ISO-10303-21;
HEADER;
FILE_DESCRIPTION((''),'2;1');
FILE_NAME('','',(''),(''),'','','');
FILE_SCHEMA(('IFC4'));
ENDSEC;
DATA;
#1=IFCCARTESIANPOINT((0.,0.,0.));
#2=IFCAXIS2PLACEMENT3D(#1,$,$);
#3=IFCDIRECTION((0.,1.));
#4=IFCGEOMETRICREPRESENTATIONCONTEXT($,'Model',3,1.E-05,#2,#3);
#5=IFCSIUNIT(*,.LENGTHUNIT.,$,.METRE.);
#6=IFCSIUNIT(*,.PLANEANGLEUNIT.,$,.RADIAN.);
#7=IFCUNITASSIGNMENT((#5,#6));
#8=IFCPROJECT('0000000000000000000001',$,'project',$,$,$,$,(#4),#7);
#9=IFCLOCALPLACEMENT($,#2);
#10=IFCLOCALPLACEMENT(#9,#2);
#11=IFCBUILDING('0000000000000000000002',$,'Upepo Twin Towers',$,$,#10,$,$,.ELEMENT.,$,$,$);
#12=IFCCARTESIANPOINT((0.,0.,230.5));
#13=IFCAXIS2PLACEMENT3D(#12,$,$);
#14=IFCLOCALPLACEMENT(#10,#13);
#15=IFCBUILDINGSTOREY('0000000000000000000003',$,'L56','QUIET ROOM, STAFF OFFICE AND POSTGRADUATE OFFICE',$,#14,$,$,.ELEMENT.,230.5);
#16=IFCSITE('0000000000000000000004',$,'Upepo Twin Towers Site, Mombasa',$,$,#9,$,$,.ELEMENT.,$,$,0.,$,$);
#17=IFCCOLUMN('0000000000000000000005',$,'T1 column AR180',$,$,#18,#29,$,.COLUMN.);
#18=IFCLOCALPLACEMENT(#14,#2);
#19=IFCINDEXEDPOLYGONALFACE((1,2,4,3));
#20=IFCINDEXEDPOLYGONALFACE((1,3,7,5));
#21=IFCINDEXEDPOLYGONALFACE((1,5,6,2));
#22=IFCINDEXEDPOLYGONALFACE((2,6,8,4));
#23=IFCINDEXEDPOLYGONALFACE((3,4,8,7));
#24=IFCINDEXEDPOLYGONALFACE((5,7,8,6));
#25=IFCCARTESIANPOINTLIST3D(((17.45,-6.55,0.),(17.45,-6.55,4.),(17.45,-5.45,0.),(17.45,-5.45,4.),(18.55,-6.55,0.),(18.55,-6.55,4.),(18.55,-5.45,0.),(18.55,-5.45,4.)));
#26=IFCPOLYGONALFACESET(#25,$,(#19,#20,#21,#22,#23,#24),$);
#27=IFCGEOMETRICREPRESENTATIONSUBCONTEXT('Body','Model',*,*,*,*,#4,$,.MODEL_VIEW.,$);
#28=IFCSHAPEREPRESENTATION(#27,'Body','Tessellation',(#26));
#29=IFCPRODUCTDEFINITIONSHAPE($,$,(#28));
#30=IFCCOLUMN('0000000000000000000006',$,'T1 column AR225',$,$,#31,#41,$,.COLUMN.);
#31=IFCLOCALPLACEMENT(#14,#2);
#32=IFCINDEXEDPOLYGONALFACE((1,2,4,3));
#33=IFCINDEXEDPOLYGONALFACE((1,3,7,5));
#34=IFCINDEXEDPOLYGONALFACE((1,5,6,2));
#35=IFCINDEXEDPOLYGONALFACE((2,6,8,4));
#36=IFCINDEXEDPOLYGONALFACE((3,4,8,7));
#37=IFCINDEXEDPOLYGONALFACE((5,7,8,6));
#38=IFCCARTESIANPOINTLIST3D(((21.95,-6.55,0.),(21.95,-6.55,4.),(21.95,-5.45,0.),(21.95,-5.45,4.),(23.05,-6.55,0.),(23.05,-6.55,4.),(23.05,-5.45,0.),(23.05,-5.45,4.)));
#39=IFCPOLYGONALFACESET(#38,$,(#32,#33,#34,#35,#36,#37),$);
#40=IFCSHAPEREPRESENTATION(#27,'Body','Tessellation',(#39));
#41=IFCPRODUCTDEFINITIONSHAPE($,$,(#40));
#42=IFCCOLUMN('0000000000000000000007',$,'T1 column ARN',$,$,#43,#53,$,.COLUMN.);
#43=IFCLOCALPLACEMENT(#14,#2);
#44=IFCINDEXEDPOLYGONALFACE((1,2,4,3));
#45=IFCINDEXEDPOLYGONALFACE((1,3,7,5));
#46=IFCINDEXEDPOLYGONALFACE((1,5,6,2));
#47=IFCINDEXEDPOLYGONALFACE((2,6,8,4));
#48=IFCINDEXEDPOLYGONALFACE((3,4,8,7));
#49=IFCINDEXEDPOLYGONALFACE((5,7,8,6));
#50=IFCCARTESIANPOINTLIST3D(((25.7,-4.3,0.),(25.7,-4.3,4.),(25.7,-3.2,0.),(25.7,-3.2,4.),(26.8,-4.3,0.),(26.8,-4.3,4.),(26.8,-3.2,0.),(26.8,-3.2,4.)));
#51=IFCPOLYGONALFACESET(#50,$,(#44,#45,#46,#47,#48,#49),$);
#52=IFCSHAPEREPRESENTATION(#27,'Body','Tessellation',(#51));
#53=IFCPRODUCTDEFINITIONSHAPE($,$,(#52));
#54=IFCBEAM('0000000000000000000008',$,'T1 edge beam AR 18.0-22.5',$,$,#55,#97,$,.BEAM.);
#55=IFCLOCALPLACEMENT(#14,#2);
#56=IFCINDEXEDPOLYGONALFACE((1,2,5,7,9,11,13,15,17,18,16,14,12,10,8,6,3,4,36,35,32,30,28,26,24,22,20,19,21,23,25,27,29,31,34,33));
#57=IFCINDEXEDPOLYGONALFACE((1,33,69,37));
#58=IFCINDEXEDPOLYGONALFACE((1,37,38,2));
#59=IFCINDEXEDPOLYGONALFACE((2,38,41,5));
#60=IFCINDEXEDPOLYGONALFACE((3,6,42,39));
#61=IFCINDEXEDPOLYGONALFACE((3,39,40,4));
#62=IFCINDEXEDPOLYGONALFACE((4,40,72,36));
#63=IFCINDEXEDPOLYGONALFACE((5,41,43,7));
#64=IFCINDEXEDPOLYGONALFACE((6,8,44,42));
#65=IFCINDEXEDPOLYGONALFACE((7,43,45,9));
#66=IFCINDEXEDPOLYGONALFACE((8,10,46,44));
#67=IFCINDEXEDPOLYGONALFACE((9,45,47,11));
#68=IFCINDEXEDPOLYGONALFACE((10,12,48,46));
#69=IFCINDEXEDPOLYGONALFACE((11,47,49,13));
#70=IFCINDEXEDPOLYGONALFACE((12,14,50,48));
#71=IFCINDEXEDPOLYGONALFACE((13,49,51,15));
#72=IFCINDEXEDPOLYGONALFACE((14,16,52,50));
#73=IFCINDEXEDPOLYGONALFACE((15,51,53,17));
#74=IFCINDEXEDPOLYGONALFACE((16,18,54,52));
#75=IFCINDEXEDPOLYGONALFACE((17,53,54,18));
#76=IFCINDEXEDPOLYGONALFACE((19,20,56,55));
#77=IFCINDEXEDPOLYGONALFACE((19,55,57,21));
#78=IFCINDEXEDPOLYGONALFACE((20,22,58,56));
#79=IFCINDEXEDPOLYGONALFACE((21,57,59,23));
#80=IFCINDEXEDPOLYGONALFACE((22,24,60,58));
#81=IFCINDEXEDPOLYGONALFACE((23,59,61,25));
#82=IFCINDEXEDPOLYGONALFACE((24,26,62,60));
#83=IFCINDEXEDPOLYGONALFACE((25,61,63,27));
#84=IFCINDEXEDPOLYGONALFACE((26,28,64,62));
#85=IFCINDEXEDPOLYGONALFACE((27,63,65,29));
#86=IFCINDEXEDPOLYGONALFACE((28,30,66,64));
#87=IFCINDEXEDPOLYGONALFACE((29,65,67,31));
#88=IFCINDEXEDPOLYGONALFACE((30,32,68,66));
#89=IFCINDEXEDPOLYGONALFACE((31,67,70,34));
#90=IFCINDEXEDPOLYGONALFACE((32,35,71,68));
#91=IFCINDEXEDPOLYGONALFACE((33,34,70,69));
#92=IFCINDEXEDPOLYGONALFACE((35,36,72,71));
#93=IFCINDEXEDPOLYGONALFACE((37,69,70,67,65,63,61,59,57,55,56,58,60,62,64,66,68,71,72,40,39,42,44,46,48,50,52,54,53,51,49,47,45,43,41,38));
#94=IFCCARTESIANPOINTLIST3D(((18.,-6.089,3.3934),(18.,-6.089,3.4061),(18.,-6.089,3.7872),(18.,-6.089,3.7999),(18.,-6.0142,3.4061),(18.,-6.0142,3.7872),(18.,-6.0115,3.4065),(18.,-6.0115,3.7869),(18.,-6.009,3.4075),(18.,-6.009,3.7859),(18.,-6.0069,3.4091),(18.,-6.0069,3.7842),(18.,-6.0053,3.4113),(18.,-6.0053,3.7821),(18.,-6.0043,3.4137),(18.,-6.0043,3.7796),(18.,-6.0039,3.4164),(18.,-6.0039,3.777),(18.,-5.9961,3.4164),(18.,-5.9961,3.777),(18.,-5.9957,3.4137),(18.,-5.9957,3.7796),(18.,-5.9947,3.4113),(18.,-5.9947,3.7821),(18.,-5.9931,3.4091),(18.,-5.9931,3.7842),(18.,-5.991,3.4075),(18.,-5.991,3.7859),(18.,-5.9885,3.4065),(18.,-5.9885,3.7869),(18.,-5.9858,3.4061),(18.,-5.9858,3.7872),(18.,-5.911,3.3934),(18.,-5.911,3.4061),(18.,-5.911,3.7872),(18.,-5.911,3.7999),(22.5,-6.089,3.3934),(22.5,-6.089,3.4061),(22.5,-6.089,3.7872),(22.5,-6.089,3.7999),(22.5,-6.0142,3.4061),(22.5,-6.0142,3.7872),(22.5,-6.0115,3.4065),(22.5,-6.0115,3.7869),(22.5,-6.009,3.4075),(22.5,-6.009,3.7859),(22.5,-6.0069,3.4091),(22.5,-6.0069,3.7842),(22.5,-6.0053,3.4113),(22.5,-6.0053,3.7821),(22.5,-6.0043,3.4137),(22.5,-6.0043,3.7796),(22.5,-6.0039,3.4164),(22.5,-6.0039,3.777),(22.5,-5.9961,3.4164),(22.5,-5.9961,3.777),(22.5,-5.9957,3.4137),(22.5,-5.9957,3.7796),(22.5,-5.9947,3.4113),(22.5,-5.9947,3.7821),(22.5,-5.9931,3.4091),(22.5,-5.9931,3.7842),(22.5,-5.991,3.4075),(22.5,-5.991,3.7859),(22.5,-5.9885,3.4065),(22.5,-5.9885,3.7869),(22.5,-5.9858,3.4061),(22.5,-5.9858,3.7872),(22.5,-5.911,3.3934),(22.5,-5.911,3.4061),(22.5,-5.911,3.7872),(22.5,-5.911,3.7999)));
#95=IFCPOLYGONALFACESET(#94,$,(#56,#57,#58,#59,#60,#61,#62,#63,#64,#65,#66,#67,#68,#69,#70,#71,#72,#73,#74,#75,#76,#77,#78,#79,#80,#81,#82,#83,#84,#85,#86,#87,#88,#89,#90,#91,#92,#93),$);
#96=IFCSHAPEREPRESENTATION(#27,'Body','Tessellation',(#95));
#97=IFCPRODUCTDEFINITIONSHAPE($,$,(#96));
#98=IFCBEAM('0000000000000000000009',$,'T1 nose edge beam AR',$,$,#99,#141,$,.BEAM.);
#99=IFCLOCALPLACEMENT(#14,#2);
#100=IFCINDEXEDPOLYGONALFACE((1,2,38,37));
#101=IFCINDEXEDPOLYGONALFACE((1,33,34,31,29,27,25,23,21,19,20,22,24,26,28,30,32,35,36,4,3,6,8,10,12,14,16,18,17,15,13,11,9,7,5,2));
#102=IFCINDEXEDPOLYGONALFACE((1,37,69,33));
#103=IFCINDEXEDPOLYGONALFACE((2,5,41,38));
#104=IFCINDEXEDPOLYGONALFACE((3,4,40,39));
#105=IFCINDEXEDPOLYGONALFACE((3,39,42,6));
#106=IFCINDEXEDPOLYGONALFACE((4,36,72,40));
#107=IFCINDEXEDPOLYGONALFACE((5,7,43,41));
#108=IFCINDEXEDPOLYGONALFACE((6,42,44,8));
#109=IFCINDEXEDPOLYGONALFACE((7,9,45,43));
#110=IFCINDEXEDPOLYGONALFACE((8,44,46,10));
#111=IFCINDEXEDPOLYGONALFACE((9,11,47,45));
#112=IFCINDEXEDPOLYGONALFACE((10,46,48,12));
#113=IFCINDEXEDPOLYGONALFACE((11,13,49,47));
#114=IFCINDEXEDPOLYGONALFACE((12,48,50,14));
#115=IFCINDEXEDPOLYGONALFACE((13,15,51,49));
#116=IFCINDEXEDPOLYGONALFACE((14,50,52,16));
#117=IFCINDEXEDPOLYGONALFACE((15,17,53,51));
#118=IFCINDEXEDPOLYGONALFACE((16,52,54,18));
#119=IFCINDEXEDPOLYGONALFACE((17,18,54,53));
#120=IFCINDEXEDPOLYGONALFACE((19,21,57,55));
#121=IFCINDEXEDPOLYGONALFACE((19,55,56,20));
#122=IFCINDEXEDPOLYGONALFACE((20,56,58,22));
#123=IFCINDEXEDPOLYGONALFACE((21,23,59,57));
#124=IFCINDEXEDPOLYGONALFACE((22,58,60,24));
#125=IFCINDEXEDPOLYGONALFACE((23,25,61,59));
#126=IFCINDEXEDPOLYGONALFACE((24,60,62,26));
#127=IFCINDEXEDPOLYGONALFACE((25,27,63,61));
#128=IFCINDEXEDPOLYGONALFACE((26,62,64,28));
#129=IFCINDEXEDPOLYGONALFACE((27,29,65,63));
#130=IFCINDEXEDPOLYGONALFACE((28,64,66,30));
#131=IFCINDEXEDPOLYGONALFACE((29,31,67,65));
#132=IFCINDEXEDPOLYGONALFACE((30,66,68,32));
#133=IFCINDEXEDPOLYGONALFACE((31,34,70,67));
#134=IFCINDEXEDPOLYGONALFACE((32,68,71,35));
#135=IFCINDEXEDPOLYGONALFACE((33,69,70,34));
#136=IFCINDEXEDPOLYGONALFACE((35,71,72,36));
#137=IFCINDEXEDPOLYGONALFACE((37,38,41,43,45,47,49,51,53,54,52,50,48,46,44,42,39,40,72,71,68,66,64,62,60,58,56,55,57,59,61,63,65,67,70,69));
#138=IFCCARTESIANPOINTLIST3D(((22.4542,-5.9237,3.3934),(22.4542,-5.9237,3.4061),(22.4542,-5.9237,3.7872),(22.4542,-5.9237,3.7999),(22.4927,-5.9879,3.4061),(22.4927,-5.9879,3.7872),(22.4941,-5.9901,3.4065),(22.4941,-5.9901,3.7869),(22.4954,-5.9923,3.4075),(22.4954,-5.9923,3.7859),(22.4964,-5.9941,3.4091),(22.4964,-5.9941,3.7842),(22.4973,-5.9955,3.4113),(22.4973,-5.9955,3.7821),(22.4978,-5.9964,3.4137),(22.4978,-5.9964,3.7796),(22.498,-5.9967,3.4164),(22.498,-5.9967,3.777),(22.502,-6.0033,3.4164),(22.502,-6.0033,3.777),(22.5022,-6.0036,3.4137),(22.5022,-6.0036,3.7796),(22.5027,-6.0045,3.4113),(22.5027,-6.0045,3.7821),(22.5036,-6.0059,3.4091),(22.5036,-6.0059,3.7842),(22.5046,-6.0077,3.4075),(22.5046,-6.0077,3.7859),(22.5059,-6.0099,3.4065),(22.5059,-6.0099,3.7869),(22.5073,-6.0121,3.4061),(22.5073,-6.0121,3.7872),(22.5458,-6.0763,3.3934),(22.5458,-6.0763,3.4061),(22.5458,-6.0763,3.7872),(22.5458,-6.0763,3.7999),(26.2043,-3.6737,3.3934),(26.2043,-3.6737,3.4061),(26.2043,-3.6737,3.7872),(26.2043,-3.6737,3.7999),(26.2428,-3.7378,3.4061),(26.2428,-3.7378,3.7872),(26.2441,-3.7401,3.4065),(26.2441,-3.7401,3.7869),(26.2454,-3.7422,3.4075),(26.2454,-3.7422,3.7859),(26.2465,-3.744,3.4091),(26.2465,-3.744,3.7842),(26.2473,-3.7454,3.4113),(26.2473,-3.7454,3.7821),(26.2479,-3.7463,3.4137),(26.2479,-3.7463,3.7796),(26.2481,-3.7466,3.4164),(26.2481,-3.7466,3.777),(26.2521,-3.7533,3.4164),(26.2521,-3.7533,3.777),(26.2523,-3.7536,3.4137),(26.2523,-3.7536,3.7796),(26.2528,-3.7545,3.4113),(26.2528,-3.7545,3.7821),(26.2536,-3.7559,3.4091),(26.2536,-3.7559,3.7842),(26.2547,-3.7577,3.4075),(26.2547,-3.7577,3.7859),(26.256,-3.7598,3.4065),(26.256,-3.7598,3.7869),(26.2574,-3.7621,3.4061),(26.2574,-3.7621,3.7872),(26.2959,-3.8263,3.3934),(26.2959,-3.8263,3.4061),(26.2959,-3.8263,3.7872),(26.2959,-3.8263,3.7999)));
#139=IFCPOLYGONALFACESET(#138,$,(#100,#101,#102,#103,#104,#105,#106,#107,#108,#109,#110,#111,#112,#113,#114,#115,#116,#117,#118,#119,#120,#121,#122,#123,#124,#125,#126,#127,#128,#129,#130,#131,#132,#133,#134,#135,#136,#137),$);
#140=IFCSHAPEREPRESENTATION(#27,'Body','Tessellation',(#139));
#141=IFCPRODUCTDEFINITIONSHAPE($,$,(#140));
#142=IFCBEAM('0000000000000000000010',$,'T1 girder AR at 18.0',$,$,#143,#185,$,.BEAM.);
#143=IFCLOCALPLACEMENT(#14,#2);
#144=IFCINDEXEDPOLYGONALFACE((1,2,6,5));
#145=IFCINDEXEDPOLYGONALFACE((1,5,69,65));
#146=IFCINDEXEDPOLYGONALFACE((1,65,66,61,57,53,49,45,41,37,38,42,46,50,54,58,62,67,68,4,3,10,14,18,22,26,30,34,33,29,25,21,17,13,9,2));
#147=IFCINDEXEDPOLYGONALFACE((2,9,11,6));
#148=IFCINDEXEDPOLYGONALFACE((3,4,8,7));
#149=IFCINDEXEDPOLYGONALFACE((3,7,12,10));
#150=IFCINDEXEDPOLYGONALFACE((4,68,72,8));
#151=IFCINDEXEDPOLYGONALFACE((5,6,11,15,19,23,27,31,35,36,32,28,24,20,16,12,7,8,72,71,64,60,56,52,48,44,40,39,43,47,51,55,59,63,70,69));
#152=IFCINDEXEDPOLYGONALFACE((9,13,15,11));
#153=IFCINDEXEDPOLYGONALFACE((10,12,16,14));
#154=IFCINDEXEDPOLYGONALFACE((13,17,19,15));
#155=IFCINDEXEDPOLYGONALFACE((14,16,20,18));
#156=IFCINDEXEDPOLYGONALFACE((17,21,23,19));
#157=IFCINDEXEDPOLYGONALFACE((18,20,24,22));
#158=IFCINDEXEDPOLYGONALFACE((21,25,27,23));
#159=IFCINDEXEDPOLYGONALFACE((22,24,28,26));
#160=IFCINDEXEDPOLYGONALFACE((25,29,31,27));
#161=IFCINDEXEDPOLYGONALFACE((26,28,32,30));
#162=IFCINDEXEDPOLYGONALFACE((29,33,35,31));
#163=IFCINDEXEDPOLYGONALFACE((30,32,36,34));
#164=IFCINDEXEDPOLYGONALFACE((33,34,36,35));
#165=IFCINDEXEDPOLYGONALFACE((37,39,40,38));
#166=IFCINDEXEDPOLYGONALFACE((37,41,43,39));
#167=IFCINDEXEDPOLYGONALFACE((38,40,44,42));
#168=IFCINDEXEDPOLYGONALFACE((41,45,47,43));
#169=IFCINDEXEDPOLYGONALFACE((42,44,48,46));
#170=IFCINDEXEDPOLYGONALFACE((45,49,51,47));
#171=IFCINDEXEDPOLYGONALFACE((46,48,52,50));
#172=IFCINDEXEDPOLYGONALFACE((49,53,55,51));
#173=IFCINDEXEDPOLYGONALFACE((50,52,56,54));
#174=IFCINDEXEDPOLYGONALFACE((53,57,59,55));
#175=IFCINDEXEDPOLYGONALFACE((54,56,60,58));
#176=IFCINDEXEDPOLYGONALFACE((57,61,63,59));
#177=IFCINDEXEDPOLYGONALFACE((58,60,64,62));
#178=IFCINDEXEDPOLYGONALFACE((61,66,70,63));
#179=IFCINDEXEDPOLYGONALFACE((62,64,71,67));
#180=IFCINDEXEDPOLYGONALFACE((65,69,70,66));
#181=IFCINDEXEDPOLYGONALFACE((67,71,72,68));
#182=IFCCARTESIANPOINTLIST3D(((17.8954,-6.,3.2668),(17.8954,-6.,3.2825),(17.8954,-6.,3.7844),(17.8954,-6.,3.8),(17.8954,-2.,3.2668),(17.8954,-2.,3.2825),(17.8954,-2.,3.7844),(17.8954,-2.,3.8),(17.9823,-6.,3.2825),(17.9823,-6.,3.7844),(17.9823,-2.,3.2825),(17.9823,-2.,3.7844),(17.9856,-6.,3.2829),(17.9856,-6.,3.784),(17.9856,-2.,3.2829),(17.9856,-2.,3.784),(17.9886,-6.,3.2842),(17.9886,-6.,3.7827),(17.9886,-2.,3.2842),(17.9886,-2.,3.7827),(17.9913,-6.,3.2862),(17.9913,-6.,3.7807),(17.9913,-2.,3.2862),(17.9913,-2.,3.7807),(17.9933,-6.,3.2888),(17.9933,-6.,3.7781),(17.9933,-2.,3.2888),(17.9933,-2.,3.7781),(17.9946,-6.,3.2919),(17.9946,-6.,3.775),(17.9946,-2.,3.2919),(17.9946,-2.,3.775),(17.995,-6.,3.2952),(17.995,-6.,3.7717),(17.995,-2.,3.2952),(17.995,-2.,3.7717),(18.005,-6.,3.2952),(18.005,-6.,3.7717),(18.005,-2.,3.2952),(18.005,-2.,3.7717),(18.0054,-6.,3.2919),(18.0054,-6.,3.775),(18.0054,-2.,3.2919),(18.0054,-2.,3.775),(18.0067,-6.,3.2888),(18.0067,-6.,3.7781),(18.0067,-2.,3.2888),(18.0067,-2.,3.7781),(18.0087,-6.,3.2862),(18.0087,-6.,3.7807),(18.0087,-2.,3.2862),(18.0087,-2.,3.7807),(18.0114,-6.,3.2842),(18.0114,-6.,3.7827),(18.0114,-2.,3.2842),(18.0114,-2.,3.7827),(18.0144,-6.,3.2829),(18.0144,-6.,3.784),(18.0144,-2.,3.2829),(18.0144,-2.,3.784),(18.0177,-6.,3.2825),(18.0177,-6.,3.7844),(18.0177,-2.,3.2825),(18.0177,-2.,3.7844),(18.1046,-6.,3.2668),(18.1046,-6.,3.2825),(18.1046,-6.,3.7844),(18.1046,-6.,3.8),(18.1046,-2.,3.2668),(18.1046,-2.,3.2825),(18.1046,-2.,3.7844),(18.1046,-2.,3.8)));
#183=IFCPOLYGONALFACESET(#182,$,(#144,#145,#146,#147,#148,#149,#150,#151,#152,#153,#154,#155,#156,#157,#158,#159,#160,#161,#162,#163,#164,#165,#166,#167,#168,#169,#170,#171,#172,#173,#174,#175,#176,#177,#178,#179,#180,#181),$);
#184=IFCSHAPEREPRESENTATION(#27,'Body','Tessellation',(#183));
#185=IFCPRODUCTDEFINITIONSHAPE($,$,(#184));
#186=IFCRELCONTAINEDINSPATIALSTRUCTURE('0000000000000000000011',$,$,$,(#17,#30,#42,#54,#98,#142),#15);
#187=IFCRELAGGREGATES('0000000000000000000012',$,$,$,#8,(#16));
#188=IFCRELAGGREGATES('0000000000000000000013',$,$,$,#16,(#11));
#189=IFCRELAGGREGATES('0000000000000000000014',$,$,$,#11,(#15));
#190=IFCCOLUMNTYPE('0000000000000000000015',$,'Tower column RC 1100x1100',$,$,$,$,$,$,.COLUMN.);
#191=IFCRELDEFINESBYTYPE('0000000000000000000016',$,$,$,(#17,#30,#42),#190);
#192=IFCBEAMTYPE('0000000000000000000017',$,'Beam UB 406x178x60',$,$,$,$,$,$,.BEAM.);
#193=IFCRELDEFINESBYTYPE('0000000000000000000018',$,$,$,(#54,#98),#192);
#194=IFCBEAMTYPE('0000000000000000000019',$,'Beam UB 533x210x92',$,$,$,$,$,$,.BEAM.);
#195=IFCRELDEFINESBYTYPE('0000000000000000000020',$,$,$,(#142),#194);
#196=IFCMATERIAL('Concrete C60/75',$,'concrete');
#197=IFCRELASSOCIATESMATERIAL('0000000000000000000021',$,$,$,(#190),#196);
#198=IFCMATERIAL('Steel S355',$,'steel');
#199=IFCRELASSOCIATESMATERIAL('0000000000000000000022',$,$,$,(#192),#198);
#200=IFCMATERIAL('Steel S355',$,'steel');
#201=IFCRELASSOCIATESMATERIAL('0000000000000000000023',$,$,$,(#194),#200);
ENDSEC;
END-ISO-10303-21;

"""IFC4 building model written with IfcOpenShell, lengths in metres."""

from ifc_helpers import new_model, si_unit, direction, frame, origin, origin_2d, place, context, subcontext, project, spatial, rectangle, i_section, extrude, material, material_profile, profile_set, type_object, element, save


model = new_model("IFC4")

# Units and contexts
model_context = context("Model", 3, precision=1e-05, world=origin(), true_north=direction((0.0, 1.0)))
body_context = subcontext(model_context, "Body", "Model", "MODEL_VIEW")
ifc_project = project(units=[si_unit("LENGTHUNIT", "METRE"), si_unit("PLANEANGLEUNIT", "RADIAN")], contexts=[model_context])

# Site, building, storey
site_placement = place(None, origin())
site = spatial("IfcSite", under=ifc_project, at=site_placement, Name="Upepo Twin Towers Site, Mombasa", CompositionType="ELEMENT", RefElevation=0.0)
building_placement = place(site_placement, origin())
building = spatial("IfcBuilding", under=site, at=building_placement, Name="Upepo Twin Towers", CompositionType="ELEMENT")
storey_placement = place(building_placement, frame((0.0, 0.0, 230.5)))
storey = spatial("IfcBuildingStorey", under=building, at=storey_placement, Name="L56", Description="QUIET ROOM, STAFF OFFICE AND POSTGRADUATE OFFICE", CompositionType="ELEMENT", Elevation=230.5)

# Columns
ifc_material_1 = material(Name="Concrete C60/75", Category="concrete")
ifc_material_profile_1 = material_profile(ifc_material_1, rectangle(XDim=1.1001, YDim=1.1001, at=origin_2d()), Name="RC 1100x1100")
ifc_profile_set_1 = profile_set([ifc_material_profile_1], Name="Concrete C60/75")
column_type = type_object("IfcColumnType", Name="Tower column RC 1100x1100", PredefinedType="COLUMN", material=ifc_profile_set_1)
for number, where, z_axis, x_axis, name in (
    (1, (18.0, -6.0, 0.0), (0.0, 0.0, 1.0), (1.0, 0.0, 0.0), "T1 column AR180"),
    (2, (22.5, -6.0, 0.0), (0.0, 0.0, 1.0), (1.0, 0.0, 0.0), "T1 column AR225"),
    (3, (26.25, -3.75, 0.0), (0.0, 0.0, 1.0), (1.0, 0.0, 0.0), "T1 column ARN"),
):
    element("IfcColumn", number, at=place(storey_placement, frame(where, z_axis=z_axis, x_axis=x_axis)), inside=storey, type_object=column_type, Name=name, PredefinedType="COLUMN", context=body_context, shape_type="SweptSolid", body=[
        extrude(rectangle(XDim=1.1001, YDim=1.1001, at=origin_2d()), origin(), (0.0, 0.0, 1.0), 4.0),
    ])

# Beams
ifc_material_2 = material(Name="Steel S355", Category="steel")
ifc_material_profile_2 = material_profile(ifc_material_2, i_section(OverallWidth=0.178, OverallDepth=0.4065, WebThickness=0.0078, FlangeThickness=0.0127, FilletRadius=0.0103, at=origin_2d()), Name="UB 406x178x60")
ifc_profile_set_2 = profile_set([ifc_material_profile_2], Name="Steel S355")
beam_type_1 = type_object("IfcBeamType", Name="Beam UB 406x178x60", PredefinedType="BEAM", material=ifc_profile_set_2)
beam_1_placement = place(storey_placement, frame((18.0, -6.0, 3.5967), z_axis=(1.0, 0.0, 0.0), x_axis=(0.0, 1.0, 0.0)))
element("IfcBeam", 4, at=beam_1_placement, inside=storey, type_object=beam_type_1, Name="T1 edge beam AR 18.0-22.5", PredefinedType="BEAM", context=body_context, shape_type="SweptSolid", body=[
    extrude(i_section(OverallWidth=0.178, OverallDepth=0.4065, WebThickness=0.0078, FlangeThickness=0.0127, FilletRadius=0.0103, at=origin_2d()), origin(), (0.0, 0.0, 1.0), 4.5),
])
beam_2_placement = place(storey_placement, frame((22.5, -6.0, 3.5967), z_axis=(0.857493, 0.514496, 0.0), x_axis=(-0.514496, 0.857493, 0.0)))
element("IfcBeam", 5, at=beam_2_placement, inside=storey, type_object=beam_type_1, Name="T1 nose edge beam AR", PredefinedType="BEAM", context=body_context, shape_type="SweptSolid", body=[
    extrude(i_section(OverallWidth=0.178, OverallDepth=0.4065, WebThickness=0.0078, FlangeThickness=0.0127, FilletRadius=0.0103, at=origin_2d()), origin(), (0.0, 0.0, 1.0), 4.3733),
])
ifc_material_3 = material(Name="Steel S355", Category="steel")
ifc_material_profile_3 = material_profile(ifc_material_3, i_section(OverallWidth=0.2092, OverallDepth=0.5332, WebThickness=0.01, FlangeThickness=0.0156, FilletRadius=0.0127, at=origin_2d()), Name="UB 533x210x92")
ifc_profile_set_3 = profile_set([ifc_material_profile_3], Name="Steel S355")
beam_type_2 = type_object("IfcBeamType", Name="Beam UB 533x210x92", PredefinedType="BEAM", material=ifc_profile_set_3)
for number, where, z_axis, x_axis, name in (
    (6, (18.0, -6.0, 3.5334), (0.0, 1.0, 0.0), (-1.0, 0.0, 0.0), "T1 girder AR at 18.0"),
):
    element("IfcBeam", number, at=place(storey_placement, frame(where, z_axis=z_axis, x_axis=x_axis)), inside=storey, type_object=beam_type_2, Name=name, PredefinedType="BEAM", context=body_context, shape_type="SweptSolid", body=[
        extrude(i_section(OverallWidth=0.2092, OverallDepth=0.5332, WebThickness=0.01, FlangeThickness=0.0156, FilletRadius=0.0127, at=origin_2d()), origin(), (0.0, 0.0, 1.0), 4.0),
    ])

save(model, "model.ifc")
